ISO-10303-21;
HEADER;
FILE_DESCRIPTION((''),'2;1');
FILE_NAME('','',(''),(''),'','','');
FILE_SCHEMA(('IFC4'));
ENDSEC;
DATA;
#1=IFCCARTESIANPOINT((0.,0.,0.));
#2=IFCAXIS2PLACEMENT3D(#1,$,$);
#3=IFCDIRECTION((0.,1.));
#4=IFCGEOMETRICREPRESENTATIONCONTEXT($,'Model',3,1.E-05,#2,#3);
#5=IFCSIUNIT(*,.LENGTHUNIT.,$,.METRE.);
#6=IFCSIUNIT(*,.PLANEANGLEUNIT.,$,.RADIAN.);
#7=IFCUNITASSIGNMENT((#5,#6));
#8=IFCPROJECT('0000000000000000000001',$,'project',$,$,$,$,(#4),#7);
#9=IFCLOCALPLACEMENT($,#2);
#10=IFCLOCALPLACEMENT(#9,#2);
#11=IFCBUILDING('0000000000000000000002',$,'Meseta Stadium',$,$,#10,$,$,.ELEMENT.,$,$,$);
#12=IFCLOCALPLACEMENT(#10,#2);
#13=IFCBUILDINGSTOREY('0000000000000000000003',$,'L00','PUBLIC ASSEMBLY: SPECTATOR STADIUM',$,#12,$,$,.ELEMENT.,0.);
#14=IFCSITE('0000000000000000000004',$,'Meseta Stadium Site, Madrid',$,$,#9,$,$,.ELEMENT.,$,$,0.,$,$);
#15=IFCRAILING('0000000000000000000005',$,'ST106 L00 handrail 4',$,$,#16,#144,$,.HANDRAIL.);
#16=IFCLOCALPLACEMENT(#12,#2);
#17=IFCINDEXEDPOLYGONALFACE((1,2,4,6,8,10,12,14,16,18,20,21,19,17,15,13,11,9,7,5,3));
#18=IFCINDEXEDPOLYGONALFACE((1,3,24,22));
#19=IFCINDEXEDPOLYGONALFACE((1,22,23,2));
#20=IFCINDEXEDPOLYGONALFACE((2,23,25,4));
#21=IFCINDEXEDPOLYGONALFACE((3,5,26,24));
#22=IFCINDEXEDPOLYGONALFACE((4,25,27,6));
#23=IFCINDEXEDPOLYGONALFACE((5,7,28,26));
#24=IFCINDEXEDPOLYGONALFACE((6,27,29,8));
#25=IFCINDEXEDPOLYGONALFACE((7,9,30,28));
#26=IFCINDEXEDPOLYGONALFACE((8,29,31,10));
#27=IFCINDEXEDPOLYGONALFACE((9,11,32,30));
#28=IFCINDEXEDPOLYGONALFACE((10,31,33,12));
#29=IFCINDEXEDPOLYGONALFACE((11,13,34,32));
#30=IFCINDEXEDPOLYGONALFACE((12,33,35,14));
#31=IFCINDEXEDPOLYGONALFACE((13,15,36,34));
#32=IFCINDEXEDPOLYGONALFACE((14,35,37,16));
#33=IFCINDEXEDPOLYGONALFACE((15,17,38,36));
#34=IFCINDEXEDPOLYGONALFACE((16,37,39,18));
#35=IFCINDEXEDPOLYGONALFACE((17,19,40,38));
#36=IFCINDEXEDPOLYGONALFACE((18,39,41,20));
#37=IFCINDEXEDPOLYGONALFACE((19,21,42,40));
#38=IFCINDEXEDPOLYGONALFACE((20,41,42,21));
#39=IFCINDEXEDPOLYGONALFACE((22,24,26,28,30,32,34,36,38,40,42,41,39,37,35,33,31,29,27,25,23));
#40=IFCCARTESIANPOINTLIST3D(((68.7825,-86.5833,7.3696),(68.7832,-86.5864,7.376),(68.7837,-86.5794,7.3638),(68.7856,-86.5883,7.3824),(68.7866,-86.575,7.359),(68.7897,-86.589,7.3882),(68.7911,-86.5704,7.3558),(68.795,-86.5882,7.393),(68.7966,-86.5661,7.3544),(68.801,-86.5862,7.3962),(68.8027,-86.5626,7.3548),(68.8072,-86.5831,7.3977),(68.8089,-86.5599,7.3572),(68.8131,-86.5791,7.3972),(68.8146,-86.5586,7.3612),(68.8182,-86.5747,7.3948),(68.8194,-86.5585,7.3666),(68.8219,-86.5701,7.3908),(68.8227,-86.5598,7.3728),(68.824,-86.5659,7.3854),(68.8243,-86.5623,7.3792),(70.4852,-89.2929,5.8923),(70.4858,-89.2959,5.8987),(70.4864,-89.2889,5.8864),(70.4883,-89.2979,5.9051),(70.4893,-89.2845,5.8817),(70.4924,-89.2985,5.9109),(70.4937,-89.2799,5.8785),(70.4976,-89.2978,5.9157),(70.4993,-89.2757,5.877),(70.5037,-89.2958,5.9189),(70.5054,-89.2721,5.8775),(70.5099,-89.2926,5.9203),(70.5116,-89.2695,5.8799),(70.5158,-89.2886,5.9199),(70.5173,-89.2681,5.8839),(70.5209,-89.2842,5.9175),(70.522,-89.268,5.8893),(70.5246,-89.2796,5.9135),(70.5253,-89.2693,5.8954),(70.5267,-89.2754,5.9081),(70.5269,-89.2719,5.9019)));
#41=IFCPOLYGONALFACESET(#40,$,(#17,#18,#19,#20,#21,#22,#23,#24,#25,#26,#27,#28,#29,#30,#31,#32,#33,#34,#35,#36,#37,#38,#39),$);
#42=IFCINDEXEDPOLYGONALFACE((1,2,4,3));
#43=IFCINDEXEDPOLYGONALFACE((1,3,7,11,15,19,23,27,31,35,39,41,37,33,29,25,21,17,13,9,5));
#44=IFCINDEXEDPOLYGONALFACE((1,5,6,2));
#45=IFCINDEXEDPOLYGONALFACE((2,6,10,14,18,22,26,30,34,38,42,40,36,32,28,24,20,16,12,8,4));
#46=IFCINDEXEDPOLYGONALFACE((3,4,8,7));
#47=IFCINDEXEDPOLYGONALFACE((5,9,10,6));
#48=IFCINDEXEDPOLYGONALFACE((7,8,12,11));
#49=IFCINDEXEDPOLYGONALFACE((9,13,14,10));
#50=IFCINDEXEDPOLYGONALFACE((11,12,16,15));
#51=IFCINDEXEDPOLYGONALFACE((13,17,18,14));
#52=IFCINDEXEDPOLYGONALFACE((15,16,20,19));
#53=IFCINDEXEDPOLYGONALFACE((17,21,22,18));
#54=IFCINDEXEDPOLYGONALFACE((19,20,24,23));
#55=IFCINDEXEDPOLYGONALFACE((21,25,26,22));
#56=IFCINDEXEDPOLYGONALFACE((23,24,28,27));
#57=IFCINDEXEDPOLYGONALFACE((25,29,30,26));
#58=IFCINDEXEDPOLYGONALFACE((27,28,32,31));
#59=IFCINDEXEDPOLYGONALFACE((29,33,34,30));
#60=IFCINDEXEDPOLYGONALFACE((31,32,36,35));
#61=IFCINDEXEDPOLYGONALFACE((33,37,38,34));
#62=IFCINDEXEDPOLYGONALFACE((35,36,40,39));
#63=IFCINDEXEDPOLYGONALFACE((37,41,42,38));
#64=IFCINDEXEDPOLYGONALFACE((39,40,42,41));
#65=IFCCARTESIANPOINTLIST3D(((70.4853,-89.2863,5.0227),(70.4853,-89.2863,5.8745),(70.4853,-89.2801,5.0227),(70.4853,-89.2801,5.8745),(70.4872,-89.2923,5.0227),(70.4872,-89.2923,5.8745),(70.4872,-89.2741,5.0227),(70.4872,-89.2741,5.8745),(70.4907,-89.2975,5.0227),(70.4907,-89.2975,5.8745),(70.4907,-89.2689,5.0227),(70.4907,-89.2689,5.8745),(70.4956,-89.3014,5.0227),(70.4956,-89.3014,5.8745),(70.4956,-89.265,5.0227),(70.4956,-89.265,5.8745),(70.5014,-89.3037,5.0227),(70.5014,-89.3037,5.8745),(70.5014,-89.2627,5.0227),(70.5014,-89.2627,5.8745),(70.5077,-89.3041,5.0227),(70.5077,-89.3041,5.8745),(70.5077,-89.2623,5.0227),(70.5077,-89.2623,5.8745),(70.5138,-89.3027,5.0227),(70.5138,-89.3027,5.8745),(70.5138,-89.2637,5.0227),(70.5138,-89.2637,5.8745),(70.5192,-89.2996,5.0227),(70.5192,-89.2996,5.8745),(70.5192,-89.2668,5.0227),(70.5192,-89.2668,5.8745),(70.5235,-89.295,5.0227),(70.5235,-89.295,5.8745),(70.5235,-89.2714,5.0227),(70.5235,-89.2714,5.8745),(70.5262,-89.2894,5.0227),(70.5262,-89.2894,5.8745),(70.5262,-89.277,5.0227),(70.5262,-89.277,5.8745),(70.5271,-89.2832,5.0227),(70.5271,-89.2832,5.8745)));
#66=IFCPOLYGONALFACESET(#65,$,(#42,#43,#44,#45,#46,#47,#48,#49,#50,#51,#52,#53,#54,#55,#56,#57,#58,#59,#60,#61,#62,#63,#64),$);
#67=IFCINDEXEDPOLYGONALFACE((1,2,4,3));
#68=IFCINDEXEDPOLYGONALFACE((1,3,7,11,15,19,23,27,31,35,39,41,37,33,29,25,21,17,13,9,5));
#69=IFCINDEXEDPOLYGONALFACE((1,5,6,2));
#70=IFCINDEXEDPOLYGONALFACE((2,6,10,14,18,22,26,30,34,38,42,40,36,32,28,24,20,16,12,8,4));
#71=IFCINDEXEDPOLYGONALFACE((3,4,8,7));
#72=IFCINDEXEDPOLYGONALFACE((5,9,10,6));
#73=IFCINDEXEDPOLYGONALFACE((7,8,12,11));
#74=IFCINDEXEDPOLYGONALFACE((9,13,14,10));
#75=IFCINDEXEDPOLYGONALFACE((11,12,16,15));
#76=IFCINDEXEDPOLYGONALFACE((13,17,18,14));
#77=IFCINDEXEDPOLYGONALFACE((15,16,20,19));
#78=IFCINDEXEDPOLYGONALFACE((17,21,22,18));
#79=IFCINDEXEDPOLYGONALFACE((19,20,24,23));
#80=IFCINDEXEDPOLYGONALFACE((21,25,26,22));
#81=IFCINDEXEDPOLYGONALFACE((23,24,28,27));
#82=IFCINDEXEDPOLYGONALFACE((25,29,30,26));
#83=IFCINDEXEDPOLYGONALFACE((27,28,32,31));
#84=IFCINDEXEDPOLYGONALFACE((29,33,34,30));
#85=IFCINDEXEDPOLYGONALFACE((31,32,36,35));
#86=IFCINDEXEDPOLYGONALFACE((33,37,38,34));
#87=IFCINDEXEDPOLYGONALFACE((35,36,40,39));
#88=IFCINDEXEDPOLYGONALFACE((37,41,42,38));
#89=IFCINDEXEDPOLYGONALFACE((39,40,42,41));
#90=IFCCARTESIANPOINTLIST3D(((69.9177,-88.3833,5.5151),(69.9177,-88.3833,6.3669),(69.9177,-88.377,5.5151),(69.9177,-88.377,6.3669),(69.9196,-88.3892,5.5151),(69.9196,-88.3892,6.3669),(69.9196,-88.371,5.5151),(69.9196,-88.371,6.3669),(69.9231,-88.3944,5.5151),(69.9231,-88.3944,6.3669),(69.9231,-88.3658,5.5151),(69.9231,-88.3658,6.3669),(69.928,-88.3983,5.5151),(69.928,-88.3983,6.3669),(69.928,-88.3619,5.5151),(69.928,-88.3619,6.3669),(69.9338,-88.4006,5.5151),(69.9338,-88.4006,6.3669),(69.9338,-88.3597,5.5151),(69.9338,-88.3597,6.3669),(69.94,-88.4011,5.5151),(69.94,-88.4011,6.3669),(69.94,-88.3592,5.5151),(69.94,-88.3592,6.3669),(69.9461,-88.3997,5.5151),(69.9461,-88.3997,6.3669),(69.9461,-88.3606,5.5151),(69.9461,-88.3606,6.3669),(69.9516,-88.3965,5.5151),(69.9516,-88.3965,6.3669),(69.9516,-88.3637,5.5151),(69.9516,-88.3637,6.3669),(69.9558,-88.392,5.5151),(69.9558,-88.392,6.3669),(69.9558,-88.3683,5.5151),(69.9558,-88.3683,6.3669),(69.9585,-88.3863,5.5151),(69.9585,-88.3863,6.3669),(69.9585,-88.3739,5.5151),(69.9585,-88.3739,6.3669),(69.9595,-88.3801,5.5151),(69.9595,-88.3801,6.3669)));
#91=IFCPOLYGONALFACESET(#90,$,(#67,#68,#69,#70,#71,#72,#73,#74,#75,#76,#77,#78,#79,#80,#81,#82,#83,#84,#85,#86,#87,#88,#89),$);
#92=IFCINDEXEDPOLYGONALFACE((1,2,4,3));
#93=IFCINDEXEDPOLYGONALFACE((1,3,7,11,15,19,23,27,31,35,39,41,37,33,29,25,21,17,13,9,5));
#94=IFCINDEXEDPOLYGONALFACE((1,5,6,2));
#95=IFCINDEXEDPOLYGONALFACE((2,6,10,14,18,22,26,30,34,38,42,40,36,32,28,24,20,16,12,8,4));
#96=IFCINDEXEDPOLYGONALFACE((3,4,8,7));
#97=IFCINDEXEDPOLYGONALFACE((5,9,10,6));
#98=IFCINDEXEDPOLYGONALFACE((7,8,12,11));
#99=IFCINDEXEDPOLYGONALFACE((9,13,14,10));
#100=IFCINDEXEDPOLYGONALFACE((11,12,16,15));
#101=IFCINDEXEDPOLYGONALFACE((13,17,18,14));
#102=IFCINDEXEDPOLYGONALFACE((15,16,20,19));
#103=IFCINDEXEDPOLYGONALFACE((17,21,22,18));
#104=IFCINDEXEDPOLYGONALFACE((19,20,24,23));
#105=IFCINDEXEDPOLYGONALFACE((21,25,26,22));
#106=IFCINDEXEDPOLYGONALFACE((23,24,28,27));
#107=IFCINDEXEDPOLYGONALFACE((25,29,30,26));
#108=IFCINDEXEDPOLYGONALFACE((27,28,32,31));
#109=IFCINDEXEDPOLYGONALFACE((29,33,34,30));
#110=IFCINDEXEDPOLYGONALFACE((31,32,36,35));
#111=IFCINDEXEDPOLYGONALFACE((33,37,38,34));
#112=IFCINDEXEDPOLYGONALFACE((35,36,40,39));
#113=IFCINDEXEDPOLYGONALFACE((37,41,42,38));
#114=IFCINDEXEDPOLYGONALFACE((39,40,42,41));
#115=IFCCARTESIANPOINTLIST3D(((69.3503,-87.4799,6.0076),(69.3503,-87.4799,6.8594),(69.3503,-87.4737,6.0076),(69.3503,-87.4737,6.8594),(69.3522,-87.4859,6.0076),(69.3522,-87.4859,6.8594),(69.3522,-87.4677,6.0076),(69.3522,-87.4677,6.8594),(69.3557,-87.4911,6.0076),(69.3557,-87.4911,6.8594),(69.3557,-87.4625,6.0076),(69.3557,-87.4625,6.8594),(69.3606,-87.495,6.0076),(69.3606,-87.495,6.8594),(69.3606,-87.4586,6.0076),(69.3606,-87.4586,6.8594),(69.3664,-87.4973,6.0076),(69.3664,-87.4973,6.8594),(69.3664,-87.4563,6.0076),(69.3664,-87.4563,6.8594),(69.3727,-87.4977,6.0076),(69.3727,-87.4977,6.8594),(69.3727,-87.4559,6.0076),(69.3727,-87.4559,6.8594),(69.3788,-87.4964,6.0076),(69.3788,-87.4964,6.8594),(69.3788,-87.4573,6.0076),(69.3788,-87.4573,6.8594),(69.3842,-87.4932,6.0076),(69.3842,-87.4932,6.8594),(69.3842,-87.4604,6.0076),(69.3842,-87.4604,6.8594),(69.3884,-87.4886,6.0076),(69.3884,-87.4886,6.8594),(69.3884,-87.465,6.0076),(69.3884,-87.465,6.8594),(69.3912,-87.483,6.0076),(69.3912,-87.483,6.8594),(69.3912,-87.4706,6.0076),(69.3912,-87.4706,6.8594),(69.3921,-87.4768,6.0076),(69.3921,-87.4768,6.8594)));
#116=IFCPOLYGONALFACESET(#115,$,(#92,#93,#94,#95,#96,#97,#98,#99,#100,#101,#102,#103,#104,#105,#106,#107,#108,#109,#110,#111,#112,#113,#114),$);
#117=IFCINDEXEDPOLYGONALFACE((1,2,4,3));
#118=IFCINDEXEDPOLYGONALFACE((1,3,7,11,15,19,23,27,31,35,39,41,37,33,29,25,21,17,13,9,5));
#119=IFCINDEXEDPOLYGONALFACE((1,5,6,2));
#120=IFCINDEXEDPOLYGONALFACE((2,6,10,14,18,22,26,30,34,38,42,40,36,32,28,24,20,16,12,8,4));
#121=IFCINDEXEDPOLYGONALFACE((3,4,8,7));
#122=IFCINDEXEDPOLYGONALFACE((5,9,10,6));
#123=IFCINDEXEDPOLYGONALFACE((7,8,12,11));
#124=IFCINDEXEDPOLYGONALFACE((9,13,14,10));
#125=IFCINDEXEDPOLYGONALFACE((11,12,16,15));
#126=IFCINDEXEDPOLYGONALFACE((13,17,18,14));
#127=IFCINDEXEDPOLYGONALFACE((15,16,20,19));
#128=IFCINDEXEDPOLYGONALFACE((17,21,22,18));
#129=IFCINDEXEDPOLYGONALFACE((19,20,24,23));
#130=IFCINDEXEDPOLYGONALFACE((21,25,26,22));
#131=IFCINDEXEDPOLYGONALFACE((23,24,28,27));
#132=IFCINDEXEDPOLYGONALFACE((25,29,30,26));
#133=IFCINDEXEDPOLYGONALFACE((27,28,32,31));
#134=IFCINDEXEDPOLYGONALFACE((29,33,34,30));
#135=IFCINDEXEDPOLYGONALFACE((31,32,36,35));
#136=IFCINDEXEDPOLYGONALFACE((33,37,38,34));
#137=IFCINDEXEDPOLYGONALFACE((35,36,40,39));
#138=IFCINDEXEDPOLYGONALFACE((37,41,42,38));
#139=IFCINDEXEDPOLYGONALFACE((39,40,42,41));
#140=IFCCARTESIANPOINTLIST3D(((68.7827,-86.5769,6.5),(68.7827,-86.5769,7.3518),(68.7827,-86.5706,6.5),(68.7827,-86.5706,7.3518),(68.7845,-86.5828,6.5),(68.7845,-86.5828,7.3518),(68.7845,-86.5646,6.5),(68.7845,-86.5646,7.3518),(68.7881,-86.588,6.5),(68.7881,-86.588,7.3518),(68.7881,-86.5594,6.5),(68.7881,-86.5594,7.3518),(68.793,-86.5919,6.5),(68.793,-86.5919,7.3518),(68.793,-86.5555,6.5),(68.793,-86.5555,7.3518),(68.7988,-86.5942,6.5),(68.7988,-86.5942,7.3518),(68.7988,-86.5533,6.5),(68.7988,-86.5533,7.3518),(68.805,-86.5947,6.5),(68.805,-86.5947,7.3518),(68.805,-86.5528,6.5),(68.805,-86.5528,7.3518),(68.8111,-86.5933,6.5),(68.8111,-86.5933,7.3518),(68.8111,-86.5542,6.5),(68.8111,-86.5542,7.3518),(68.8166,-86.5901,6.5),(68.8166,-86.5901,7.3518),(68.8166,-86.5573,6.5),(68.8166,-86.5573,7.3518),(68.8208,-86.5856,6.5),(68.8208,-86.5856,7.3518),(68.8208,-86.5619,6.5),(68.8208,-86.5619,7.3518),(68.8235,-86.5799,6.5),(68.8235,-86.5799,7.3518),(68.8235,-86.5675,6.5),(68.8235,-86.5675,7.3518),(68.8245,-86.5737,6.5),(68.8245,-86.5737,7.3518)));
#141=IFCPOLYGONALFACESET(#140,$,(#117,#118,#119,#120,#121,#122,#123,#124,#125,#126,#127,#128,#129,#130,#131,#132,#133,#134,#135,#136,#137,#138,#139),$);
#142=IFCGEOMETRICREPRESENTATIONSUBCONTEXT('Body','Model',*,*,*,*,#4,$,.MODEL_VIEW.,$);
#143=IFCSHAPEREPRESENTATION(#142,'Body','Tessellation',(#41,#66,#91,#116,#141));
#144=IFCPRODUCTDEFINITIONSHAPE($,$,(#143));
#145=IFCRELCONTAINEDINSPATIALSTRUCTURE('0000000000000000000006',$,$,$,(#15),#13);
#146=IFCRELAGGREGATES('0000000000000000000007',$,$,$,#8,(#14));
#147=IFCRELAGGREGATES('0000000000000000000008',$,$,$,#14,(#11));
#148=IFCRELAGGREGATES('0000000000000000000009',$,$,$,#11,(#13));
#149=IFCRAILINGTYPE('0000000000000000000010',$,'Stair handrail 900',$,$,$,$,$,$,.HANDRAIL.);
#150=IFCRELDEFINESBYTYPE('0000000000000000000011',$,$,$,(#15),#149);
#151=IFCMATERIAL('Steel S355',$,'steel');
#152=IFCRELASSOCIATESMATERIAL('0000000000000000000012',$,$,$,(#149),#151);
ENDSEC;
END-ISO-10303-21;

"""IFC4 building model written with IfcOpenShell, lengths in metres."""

from ifc_helpers import new_model, si_unit, direction, frame, origin, origin_2d, place, context, subcontext, project, spatial, circle, extrude, material, type_object, element, save


model = new_model("IFC4")

# Units and contexts
model_context = context("Model", 3, precision=1e-05, world=origin(), true_north=direction((0.0, 1.0)))
body_context = subcontext(model_context, "Body", "Model", "MODEL_VIEW")
ifc_project = project(units=[si_unit("LENGTHUNIT", "METRE"), si_unit("PLANEANGLEUNIT", "RADIAN")], contexts=[model_context])

# Site, building, storey
site_placement = place(None, origin())
site = spatial("IfcSite", under=ifc_project, at=site_placement, Name="Meseta Stadium Site, Madrid", CompositionType="ELEMENT", RefElevation=0.0)
building_placement = place(site_placement, origin())
building = spatial("IfcBuilding", under=site, at=building_placement, Name="Meseta Stadium", CompositionType="ELEMENT")
storey_placement = place(building_placement, origin())
storey = spatial("IfcBuildingStorey", under=building, at=storey_placement, Name="L00", Description="PUBLIC ASSEMBLY: SPECTATOR STADIUM", CompositionType="ELEMENT", Elevation=0.0)

# Railing
ifc_material_1 = material(Name="Steel S355", Category="steel")
railing_type_1 = type_object("IfcRailingType", Name="Stair handrail 900", PredefinedType="HANDRAIL", material=ifc_material_1)
for number, where, name in (
    (1, (70.5061, -89.2832, 5.0227), "ST106 L00 handrail 4"),
):
    element("IfcRailing", number, at=place(storey_placement, frame(where)), inside=storey, type_object=railing_type_1, Name=name, PredefinedType="HANDRAIL", context=body_context, shape_type="SweptSolid", body=[
        extrude(circle(Radius=0.0239, at=origin_2d()), frame((0.0, 0.0, 0.876), z_axis=(-0.483076, 0.768738, 0.419142), x_axis=(-0.846701, -0.532068, 0.0)), (0.0, 0.0, 1.0), 3.5247),
        extrude(circle(Radius=0.021, at=origin_2d()), origin(), (0.0, 0.0, 1.0), 0.8518),
        extrude(circle(Radius=0.021, at=origin_2d()), frame((-0.5676, 0.9031, 0.4924)), (0.0, 0.0, 1.0), 0.8518),
        extrude(circle(Radius=0.021, at=origin_2d()), frame((-1.135, 1.8064, 0.9849)), (0.0, 0.0, 1.0), 0.8518),
        extrude(circle(Radius=0.021, at=origin_2d()), frame((-1.7026, 2.7095, 1.4773)), (0.0, 0.0, 1.0), 0.8518),
    ])

save(model, "model.ifc")
